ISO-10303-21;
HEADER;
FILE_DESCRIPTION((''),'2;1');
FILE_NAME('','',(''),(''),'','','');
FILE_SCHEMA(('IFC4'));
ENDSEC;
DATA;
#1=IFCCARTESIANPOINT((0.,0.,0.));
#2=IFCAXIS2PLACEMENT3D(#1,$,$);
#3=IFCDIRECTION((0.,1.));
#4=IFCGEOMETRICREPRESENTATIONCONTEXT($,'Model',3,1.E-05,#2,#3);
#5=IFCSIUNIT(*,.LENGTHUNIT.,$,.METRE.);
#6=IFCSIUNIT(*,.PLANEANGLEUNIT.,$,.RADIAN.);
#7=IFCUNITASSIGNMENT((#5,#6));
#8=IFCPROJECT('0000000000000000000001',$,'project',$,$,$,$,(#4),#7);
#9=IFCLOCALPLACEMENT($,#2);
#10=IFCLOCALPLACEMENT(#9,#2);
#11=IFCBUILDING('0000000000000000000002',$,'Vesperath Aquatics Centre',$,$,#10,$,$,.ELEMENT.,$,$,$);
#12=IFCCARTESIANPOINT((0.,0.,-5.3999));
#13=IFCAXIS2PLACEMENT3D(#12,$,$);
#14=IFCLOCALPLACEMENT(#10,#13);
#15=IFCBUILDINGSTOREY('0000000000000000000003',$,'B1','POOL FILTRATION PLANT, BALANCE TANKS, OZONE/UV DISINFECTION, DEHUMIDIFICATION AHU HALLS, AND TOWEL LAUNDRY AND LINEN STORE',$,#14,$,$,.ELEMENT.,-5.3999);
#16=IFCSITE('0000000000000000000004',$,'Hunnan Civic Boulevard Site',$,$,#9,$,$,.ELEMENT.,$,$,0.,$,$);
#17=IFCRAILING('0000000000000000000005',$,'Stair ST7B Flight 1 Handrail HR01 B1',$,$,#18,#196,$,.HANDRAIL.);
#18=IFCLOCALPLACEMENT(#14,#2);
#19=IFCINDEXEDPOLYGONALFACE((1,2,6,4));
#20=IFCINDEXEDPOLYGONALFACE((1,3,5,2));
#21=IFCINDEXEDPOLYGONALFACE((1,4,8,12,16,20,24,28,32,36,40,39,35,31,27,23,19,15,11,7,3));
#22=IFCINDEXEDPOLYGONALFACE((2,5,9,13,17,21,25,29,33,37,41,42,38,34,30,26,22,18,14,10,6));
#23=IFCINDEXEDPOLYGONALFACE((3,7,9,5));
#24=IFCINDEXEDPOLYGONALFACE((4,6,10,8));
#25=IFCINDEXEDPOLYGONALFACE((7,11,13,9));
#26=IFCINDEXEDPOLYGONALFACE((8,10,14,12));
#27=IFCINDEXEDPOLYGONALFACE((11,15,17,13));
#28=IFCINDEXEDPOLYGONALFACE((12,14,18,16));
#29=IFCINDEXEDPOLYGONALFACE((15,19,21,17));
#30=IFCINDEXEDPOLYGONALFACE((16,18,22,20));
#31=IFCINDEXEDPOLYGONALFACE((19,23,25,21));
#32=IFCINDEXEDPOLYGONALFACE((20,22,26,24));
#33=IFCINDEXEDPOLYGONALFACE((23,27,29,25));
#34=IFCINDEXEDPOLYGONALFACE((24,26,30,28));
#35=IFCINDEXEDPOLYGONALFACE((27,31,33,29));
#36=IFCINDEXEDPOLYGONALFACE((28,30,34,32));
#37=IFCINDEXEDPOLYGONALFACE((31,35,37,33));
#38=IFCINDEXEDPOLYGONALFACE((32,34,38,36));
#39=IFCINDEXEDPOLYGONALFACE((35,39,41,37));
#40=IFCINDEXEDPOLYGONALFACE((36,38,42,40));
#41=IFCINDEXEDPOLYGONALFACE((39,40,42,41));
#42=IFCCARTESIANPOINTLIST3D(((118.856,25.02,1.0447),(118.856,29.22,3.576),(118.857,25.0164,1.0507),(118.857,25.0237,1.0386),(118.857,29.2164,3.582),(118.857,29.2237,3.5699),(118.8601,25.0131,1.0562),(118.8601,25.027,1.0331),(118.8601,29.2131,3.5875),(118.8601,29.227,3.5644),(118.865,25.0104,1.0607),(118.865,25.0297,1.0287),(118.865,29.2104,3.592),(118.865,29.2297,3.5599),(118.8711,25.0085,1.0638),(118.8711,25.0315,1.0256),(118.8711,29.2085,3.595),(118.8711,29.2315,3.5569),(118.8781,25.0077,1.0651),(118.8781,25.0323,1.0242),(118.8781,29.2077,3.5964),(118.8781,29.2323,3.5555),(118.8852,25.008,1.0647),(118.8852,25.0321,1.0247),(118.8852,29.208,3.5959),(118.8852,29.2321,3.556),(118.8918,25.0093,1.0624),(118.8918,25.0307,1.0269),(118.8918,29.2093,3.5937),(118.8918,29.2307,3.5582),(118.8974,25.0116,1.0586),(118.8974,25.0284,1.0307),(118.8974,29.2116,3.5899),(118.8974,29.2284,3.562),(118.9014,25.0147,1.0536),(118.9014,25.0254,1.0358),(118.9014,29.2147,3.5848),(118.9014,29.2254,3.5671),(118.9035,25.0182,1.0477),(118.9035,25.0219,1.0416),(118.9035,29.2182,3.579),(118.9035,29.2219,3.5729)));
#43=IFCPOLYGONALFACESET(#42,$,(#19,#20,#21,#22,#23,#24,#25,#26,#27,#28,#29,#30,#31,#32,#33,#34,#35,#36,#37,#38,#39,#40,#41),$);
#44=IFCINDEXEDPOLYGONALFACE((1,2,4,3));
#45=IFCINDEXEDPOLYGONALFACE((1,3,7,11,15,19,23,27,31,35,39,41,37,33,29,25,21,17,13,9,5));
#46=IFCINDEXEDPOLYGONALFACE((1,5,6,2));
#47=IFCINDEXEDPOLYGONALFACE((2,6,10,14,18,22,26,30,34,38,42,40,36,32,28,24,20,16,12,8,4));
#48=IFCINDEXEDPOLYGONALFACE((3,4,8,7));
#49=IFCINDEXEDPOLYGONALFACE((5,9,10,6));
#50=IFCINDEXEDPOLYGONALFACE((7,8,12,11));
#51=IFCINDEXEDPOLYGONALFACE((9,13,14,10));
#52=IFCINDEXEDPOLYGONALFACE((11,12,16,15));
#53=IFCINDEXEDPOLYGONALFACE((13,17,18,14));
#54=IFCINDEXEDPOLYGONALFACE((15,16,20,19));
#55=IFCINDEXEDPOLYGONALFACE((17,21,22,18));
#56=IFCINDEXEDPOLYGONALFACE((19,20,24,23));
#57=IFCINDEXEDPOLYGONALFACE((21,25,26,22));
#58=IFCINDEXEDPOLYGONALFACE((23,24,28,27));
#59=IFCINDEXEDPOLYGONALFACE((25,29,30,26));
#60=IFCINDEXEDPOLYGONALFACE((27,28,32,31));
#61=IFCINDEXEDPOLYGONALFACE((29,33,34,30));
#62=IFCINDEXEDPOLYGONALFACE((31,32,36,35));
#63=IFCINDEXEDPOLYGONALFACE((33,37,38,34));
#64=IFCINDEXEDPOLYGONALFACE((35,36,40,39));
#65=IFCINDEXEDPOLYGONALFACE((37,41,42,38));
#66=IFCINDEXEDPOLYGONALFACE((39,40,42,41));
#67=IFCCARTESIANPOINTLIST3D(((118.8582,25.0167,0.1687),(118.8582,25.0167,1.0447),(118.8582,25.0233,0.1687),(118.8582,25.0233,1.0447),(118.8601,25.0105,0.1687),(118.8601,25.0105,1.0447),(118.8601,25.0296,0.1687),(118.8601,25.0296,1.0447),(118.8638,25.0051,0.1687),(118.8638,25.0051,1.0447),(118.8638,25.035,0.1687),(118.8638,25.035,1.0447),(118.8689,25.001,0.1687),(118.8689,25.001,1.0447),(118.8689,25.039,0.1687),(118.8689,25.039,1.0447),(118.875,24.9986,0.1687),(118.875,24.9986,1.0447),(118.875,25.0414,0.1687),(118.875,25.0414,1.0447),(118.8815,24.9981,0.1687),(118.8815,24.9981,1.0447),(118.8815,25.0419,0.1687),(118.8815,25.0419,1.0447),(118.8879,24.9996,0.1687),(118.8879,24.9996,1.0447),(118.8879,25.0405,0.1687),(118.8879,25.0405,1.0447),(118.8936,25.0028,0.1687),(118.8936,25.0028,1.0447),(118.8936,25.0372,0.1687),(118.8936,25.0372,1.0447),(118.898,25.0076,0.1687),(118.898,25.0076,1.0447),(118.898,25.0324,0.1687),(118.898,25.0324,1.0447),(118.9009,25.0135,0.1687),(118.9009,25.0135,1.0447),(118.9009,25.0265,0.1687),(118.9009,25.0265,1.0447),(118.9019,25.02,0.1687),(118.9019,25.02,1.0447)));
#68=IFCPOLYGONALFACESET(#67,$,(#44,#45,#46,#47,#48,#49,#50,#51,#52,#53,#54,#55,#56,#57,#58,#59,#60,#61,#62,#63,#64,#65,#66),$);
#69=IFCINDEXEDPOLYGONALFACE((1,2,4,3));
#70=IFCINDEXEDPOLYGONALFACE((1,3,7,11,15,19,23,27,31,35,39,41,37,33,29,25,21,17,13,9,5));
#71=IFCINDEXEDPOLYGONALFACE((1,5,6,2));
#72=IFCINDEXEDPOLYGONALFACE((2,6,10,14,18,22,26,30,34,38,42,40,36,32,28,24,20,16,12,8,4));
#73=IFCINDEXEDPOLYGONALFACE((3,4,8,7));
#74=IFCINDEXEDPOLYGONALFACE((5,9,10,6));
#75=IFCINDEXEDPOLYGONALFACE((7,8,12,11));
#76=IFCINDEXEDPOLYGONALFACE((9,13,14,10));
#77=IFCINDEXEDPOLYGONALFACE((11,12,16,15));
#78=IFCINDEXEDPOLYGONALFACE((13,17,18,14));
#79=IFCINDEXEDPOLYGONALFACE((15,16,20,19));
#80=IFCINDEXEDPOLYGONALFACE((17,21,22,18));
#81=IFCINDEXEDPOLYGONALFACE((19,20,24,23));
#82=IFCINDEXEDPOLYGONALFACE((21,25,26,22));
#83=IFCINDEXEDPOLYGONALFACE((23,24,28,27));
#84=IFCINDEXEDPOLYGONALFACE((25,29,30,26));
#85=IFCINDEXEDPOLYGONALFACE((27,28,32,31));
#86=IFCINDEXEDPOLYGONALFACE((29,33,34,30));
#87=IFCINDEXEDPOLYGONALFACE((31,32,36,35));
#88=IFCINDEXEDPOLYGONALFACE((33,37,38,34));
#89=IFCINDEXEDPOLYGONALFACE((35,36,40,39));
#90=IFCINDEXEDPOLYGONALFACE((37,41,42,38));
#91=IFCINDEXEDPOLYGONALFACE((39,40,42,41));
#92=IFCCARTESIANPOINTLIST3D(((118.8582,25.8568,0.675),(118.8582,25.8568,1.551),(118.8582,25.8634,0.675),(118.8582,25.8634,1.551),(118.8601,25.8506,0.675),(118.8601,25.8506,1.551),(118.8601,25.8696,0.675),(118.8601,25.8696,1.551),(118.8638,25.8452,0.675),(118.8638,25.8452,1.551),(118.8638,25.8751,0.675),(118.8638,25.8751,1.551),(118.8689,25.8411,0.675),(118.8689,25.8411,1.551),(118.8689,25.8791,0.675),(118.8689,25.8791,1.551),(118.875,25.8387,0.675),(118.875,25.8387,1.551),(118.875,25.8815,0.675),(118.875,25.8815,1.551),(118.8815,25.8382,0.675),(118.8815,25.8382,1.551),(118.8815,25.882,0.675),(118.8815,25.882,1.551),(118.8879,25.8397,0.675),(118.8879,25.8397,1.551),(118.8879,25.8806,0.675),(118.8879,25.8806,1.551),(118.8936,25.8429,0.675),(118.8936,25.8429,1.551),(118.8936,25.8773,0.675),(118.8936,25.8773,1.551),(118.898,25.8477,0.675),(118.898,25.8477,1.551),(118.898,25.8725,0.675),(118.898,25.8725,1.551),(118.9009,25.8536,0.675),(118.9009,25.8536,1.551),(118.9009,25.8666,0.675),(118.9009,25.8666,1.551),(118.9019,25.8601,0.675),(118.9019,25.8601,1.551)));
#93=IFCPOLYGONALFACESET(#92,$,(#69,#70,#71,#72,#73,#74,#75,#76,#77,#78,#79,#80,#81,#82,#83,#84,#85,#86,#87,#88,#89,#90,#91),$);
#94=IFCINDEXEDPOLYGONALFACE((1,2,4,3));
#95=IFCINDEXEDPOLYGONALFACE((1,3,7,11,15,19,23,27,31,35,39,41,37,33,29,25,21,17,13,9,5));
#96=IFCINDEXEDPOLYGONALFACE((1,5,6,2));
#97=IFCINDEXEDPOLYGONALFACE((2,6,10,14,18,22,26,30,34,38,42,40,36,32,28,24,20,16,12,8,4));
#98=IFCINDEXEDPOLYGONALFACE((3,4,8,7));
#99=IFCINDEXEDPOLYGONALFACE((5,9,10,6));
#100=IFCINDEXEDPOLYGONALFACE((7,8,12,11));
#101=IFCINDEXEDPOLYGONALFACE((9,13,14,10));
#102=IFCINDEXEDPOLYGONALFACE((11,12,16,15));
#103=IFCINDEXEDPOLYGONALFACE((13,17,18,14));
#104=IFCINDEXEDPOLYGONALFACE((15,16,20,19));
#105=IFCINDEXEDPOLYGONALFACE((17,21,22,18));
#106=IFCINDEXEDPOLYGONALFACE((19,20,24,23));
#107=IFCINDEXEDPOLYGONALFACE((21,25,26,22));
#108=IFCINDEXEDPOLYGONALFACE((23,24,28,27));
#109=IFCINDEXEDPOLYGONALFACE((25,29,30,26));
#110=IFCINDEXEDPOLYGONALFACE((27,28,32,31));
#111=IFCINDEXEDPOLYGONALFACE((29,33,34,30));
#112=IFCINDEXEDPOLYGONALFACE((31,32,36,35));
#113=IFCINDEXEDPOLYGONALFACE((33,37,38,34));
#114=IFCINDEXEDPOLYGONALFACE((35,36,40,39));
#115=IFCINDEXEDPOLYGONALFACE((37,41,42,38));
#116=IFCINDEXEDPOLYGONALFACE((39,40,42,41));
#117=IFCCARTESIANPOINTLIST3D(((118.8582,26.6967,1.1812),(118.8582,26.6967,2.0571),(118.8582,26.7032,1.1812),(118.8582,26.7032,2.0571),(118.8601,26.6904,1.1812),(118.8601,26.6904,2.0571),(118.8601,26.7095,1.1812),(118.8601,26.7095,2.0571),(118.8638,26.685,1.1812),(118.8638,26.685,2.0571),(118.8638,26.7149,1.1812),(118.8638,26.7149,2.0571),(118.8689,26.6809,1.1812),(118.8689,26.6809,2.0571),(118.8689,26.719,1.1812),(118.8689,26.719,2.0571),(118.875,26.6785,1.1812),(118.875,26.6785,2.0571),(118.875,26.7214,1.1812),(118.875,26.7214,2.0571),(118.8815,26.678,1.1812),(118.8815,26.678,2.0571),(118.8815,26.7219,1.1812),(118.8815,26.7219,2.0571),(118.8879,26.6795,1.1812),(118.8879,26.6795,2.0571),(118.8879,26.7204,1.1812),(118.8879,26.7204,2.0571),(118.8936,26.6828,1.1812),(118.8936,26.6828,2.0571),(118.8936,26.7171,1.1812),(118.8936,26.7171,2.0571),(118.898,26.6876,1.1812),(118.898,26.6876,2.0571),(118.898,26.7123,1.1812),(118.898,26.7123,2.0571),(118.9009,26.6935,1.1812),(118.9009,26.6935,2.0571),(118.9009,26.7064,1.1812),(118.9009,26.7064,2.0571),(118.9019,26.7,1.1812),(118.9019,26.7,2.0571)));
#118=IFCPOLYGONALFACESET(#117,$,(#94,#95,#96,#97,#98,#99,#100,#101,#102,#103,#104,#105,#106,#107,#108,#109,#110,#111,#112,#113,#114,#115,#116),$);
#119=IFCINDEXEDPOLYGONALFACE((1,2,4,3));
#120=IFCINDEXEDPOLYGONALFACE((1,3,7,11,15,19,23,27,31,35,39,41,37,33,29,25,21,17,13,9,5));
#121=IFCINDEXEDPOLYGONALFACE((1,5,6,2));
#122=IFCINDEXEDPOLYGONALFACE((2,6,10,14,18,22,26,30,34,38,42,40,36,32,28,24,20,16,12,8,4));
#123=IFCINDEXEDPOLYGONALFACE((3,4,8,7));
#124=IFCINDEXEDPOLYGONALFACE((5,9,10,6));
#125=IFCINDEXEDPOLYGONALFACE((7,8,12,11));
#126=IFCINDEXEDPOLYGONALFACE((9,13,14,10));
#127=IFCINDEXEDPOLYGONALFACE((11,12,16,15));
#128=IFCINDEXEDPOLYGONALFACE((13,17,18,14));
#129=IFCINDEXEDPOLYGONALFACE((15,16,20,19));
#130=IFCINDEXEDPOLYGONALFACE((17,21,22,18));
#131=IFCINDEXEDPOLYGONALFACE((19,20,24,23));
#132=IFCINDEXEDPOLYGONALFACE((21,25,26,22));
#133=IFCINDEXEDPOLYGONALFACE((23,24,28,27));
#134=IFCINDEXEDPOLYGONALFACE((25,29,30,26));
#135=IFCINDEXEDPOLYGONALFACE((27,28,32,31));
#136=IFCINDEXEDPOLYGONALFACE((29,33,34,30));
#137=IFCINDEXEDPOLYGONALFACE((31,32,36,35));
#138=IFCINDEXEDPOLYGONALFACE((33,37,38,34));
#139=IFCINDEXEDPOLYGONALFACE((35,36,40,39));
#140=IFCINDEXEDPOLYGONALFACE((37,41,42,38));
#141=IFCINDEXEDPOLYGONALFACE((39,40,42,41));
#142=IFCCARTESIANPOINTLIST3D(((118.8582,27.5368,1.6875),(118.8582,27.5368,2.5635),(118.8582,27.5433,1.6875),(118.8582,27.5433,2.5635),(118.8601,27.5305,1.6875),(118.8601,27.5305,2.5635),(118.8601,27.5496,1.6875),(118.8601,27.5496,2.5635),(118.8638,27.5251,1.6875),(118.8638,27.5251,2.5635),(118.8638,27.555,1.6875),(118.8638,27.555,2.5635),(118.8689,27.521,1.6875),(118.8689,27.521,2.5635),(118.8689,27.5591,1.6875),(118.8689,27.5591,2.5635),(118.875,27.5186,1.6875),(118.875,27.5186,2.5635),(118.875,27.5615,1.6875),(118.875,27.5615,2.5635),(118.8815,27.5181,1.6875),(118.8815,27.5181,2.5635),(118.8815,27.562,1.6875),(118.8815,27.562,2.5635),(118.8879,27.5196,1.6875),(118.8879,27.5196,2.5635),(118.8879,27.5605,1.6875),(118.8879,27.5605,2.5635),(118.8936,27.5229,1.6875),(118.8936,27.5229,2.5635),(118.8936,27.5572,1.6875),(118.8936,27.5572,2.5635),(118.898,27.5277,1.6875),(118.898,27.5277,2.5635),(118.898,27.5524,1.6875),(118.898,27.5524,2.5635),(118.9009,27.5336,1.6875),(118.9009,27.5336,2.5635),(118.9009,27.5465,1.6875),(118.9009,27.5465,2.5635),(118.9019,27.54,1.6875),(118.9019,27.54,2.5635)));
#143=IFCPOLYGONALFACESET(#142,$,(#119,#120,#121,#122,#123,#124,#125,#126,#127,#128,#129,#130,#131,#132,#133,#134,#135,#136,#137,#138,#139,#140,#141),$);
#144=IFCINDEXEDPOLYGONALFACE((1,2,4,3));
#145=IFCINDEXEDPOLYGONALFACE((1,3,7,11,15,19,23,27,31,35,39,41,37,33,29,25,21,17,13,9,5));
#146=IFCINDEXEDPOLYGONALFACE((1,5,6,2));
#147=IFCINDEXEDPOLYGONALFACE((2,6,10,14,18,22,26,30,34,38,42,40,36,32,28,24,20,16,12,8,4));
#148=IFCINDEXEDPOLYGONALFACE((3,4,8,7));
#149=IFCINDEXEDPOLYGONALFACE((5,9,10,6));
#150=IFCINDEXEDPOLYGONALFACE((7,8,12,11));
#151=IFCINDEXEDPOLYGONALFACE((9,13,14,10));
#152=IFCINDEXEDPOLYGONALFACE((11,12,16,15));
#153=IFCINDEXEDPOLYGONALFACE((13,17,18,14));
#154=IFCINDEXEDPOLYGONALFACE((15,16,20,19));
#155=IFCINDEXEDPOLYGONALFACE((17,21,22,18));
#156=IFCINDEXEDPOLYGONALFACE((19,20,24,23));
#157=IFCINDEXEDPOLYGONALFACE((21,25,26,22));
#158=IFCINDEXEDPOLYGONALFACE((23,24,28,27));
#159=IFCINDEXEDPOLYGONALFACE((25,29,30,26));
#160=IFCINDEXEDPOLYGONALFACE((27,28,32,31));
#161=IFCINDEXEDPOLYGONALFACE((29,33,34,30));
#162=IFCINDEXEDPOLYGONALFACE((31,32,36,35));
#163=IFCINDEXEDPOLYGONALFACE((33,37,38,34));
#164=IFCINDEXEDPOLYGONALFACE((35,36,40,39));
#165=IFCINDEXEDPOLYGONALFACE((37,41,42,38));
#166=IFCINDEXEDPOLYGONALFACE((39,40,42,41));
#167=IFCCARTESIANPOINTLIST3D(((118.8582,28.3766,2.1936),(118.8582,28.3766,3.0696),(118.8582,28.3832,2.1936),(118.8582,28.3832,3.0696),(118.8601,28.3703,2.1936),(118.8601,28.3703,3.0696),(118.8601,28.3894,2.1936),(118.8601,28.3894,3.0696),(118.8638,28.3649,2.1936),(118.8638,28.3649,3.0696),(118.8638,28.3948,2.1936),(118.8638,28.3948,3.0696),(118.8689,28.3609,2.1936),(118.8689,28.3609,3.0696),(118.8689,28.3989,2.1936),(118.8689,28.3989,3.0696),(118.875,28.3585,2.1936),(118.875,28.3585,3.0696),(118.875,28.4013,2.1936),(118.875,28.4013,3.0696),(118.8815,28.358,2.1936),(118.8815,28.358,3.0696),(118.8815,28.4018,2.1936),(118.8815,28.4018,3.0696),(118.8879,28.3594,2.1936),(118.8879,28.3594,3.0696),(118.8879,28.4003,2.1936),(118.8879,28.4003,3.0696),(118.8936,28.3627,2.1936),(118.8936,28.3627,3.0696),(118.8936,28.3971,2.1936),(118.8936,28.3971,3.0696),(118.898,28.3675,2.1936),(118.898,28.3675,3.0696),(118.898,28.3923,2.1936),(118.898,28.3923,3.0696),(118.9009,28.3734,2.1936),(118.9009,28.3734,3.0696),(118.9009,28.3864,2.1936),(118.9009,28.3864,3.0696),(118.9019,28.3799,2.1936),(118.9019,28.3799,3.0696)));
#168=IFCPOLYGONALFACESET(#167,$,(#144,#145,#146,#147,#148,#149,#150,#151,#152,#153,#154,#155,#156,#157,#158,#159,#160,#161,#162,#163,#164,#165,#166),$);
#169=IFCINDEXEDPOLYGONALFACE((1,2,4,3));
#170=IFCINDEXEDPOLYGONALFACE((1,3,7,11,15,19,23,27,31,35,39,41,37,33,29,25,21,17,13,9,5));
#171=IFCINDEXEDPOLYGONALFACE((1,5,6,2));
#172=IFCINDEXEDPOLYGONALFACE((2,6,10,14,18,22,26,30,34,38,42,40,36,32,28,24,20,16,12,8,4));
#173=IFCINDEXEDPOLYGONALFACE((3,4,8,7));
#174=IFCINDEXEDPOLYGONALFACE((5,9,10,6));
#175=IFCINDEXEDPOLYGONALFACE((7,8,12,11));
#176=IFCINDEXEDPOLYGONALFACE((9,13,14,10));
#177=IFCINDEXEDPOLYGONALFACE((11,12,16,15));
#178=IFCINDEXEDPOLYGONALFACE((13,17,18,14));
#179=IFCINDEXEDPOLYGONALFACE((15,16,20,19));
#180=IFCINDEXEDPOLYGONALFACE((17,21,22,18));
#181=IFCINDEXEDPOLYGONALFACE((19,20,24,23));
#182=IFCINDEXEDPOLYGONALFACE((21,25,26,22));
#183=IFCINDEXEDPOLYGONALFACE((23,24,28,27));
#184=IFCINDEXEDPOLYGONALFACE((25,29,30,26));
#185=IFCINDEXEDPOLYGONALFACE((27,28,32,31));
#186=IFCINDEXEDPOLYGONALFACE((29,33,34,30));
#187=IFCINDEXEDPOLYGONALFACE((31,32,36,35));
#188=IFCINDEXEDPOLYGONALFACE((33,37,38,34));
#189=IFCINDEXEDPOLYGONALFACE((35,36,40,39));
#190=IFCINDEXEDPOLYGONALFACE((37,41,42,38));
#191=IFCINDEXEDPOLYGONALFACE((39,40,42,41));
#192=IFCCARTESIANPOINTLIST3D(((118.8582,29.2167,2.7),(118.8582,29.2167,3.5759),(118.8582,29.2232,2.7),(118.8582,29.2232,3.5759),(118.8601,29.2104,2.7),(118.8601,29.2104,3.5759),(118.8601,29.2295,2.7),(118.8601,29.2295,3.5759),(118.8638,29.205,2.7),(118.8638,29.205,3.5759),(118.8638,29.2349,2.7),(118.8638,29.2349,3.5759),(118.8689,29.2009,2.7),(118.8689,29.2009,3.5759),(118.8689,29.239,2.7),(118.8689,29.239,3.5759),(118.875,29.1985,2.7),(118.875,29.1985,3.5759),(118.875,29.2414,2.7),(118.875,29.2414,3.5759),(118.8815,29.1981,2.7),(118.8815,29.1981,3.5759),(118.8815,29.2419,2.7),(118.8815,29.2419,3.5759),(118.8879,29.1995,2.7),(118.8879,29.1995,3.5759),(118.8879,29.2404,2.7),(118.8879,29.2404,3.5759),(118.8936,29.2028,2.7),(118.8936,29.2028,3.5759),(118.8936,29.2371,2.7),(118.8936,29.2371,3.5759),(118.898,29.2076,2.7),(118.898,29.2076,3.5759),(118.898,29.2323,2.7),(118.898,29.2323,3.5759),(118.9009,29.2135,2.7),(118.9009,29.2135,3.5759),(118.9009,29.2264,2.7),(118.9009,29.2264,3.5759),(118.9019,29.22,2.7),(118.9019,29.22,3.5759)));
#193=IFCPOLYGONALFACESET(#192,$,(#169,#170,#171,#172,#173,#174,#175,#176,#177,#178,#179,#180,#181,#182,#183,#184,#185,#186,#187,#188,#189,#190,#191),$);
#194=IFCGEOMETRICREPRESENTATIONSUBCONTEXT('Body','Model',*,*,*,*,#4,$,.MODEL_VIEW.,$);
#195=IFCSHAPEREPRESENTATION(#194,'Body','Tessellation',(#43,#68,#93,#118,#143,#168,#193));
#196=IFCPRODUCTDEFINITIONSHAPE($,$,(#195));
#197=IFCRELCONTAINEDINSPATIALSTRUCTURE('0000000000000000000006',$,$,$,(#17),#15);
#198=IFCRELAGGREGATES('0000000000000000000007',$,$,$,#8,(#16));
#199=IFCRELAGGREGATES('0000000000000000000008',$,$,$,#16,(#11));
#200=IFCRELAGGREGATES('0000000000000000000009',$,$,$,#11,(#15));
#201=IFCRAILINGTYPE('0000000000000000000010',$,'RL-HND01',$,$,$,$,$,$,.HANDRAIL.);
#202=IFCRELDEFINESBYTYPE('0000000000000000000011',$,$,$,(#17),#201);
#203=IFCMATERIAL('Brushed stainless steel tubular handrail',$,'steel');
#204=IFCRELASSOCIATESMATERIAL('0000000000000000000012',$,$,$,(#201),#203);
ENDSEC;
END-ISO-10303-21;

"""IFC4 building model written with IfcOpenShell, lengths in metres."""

from ifc_helpers import new_model, si_unit, direction, frame, origin, origin_2d, place, context, subcontext, project, spatial, circle, extrude, material, type_object, element, save


model = new_model("IFC4")

# Units and contexts
model_context = context("Model", 3, precision=1e-05, world=origin(), true_north=direction((0.0, 1.0)))
body_context = subcontext(model_context, "Body", "Model", "MODEL_VIEW")
ifc_project = project(units=[si_unit("LENGTHUNIT", "METRE"), si_unit("PLANEANGLEUNIT", "RADIAN")], contexts=[model_context])

# Site, building, storey
site_placement = place(None, origin())
site = spatial("IfcSite", under=ifc_project, at=site_placement, Name="Hunnan Civic Boulevard Site", CompositionType="ELEMENT", RefElevation=0.0)
building_placement = place(site_placement, origin())
building = spatial("IfcBuilding", under=site, at=building_placement, Name="Vesperath Aquatics Centre", CompositionType="ELEMENT")
storey_placement = place(building_placement, frame((0.0, 0.0, -5.3999)))
storey = spatial("IfcBuildingStorey", under=building, at=storey_placement, Name="B1", Description="POOL FILTRATION PLANT, BALANCE TANKS, OZONE/UV DISINFECTION, DEHUMIDIFICATION AHU HALLS, AND TOWEL LAUNDRY AND LINEN STORE", CompositionType="ELEMENT", Elevation=-5.3999)

# Railing
ifc_material_1 = material(Name="Brushed stainless steel tubular handrail", Category="steel")
railing_type_1 = type_object("IfcRailingType", Name="RL-HND01", PredefinedType="HANDRAIL", material=ifc_material_1)
railing_1_placement = place(storey_placement, frame((118.8799, 25.02, 0.1687)))
element("IfcRailing", 1, at=railing_1_placement, inside=storey, type_object=railing_type_1, Name="Stair ST7B Flight 1 Handrail HR01 B1", PredefinedType="HANDRAIL", context=body_context, shape_type="SweptSolid", body=[
    extrude(circle(Radius=0.0239, at=origin_2d()), frame((0.0, 0.0, 0.876), z_axis=(0.0, 0.856476, 0.516186), x_axis=(-1.0, 0.0, 0.0)), (0.0, 0.0, 1.0), 4.9038),
    extrude(circle(Radius=0.022, at=origin_2d()), origin(), (0.0, 0.0, 1.0), 0.876),
    extrude(circle(Radius=0.022, at=origin_2d()), frame((0.0, 0.8401, 0.5063)), (0.0, 0.0, 1.0), 0.876),
    extrude(circle(Radius=0.022, at=origin_2d()), frame((0.0, 1.6799, 1.0125)), (0.0, 0.0, 1.0), 0.876),
    extrude(circle(Radius=0.022, at=origin_2d()), frame((0.0, 2.52, 1.5188)), (0.0, 0.0, 1.0), 0.876),
    extrude(circle(Radius=0.022, at=origin_2d()), frame((0.0, 3.3599, 2.0249)), (0.0, 0.0, 1.0), 0.876),
    extrude(circle(Radius=0.022, at=origin_2d()), frame((0.0, 4.2, 2.5312)), (0.0, 0.0, 1.0), 0.876),
])

save(model, "model.ifc")
